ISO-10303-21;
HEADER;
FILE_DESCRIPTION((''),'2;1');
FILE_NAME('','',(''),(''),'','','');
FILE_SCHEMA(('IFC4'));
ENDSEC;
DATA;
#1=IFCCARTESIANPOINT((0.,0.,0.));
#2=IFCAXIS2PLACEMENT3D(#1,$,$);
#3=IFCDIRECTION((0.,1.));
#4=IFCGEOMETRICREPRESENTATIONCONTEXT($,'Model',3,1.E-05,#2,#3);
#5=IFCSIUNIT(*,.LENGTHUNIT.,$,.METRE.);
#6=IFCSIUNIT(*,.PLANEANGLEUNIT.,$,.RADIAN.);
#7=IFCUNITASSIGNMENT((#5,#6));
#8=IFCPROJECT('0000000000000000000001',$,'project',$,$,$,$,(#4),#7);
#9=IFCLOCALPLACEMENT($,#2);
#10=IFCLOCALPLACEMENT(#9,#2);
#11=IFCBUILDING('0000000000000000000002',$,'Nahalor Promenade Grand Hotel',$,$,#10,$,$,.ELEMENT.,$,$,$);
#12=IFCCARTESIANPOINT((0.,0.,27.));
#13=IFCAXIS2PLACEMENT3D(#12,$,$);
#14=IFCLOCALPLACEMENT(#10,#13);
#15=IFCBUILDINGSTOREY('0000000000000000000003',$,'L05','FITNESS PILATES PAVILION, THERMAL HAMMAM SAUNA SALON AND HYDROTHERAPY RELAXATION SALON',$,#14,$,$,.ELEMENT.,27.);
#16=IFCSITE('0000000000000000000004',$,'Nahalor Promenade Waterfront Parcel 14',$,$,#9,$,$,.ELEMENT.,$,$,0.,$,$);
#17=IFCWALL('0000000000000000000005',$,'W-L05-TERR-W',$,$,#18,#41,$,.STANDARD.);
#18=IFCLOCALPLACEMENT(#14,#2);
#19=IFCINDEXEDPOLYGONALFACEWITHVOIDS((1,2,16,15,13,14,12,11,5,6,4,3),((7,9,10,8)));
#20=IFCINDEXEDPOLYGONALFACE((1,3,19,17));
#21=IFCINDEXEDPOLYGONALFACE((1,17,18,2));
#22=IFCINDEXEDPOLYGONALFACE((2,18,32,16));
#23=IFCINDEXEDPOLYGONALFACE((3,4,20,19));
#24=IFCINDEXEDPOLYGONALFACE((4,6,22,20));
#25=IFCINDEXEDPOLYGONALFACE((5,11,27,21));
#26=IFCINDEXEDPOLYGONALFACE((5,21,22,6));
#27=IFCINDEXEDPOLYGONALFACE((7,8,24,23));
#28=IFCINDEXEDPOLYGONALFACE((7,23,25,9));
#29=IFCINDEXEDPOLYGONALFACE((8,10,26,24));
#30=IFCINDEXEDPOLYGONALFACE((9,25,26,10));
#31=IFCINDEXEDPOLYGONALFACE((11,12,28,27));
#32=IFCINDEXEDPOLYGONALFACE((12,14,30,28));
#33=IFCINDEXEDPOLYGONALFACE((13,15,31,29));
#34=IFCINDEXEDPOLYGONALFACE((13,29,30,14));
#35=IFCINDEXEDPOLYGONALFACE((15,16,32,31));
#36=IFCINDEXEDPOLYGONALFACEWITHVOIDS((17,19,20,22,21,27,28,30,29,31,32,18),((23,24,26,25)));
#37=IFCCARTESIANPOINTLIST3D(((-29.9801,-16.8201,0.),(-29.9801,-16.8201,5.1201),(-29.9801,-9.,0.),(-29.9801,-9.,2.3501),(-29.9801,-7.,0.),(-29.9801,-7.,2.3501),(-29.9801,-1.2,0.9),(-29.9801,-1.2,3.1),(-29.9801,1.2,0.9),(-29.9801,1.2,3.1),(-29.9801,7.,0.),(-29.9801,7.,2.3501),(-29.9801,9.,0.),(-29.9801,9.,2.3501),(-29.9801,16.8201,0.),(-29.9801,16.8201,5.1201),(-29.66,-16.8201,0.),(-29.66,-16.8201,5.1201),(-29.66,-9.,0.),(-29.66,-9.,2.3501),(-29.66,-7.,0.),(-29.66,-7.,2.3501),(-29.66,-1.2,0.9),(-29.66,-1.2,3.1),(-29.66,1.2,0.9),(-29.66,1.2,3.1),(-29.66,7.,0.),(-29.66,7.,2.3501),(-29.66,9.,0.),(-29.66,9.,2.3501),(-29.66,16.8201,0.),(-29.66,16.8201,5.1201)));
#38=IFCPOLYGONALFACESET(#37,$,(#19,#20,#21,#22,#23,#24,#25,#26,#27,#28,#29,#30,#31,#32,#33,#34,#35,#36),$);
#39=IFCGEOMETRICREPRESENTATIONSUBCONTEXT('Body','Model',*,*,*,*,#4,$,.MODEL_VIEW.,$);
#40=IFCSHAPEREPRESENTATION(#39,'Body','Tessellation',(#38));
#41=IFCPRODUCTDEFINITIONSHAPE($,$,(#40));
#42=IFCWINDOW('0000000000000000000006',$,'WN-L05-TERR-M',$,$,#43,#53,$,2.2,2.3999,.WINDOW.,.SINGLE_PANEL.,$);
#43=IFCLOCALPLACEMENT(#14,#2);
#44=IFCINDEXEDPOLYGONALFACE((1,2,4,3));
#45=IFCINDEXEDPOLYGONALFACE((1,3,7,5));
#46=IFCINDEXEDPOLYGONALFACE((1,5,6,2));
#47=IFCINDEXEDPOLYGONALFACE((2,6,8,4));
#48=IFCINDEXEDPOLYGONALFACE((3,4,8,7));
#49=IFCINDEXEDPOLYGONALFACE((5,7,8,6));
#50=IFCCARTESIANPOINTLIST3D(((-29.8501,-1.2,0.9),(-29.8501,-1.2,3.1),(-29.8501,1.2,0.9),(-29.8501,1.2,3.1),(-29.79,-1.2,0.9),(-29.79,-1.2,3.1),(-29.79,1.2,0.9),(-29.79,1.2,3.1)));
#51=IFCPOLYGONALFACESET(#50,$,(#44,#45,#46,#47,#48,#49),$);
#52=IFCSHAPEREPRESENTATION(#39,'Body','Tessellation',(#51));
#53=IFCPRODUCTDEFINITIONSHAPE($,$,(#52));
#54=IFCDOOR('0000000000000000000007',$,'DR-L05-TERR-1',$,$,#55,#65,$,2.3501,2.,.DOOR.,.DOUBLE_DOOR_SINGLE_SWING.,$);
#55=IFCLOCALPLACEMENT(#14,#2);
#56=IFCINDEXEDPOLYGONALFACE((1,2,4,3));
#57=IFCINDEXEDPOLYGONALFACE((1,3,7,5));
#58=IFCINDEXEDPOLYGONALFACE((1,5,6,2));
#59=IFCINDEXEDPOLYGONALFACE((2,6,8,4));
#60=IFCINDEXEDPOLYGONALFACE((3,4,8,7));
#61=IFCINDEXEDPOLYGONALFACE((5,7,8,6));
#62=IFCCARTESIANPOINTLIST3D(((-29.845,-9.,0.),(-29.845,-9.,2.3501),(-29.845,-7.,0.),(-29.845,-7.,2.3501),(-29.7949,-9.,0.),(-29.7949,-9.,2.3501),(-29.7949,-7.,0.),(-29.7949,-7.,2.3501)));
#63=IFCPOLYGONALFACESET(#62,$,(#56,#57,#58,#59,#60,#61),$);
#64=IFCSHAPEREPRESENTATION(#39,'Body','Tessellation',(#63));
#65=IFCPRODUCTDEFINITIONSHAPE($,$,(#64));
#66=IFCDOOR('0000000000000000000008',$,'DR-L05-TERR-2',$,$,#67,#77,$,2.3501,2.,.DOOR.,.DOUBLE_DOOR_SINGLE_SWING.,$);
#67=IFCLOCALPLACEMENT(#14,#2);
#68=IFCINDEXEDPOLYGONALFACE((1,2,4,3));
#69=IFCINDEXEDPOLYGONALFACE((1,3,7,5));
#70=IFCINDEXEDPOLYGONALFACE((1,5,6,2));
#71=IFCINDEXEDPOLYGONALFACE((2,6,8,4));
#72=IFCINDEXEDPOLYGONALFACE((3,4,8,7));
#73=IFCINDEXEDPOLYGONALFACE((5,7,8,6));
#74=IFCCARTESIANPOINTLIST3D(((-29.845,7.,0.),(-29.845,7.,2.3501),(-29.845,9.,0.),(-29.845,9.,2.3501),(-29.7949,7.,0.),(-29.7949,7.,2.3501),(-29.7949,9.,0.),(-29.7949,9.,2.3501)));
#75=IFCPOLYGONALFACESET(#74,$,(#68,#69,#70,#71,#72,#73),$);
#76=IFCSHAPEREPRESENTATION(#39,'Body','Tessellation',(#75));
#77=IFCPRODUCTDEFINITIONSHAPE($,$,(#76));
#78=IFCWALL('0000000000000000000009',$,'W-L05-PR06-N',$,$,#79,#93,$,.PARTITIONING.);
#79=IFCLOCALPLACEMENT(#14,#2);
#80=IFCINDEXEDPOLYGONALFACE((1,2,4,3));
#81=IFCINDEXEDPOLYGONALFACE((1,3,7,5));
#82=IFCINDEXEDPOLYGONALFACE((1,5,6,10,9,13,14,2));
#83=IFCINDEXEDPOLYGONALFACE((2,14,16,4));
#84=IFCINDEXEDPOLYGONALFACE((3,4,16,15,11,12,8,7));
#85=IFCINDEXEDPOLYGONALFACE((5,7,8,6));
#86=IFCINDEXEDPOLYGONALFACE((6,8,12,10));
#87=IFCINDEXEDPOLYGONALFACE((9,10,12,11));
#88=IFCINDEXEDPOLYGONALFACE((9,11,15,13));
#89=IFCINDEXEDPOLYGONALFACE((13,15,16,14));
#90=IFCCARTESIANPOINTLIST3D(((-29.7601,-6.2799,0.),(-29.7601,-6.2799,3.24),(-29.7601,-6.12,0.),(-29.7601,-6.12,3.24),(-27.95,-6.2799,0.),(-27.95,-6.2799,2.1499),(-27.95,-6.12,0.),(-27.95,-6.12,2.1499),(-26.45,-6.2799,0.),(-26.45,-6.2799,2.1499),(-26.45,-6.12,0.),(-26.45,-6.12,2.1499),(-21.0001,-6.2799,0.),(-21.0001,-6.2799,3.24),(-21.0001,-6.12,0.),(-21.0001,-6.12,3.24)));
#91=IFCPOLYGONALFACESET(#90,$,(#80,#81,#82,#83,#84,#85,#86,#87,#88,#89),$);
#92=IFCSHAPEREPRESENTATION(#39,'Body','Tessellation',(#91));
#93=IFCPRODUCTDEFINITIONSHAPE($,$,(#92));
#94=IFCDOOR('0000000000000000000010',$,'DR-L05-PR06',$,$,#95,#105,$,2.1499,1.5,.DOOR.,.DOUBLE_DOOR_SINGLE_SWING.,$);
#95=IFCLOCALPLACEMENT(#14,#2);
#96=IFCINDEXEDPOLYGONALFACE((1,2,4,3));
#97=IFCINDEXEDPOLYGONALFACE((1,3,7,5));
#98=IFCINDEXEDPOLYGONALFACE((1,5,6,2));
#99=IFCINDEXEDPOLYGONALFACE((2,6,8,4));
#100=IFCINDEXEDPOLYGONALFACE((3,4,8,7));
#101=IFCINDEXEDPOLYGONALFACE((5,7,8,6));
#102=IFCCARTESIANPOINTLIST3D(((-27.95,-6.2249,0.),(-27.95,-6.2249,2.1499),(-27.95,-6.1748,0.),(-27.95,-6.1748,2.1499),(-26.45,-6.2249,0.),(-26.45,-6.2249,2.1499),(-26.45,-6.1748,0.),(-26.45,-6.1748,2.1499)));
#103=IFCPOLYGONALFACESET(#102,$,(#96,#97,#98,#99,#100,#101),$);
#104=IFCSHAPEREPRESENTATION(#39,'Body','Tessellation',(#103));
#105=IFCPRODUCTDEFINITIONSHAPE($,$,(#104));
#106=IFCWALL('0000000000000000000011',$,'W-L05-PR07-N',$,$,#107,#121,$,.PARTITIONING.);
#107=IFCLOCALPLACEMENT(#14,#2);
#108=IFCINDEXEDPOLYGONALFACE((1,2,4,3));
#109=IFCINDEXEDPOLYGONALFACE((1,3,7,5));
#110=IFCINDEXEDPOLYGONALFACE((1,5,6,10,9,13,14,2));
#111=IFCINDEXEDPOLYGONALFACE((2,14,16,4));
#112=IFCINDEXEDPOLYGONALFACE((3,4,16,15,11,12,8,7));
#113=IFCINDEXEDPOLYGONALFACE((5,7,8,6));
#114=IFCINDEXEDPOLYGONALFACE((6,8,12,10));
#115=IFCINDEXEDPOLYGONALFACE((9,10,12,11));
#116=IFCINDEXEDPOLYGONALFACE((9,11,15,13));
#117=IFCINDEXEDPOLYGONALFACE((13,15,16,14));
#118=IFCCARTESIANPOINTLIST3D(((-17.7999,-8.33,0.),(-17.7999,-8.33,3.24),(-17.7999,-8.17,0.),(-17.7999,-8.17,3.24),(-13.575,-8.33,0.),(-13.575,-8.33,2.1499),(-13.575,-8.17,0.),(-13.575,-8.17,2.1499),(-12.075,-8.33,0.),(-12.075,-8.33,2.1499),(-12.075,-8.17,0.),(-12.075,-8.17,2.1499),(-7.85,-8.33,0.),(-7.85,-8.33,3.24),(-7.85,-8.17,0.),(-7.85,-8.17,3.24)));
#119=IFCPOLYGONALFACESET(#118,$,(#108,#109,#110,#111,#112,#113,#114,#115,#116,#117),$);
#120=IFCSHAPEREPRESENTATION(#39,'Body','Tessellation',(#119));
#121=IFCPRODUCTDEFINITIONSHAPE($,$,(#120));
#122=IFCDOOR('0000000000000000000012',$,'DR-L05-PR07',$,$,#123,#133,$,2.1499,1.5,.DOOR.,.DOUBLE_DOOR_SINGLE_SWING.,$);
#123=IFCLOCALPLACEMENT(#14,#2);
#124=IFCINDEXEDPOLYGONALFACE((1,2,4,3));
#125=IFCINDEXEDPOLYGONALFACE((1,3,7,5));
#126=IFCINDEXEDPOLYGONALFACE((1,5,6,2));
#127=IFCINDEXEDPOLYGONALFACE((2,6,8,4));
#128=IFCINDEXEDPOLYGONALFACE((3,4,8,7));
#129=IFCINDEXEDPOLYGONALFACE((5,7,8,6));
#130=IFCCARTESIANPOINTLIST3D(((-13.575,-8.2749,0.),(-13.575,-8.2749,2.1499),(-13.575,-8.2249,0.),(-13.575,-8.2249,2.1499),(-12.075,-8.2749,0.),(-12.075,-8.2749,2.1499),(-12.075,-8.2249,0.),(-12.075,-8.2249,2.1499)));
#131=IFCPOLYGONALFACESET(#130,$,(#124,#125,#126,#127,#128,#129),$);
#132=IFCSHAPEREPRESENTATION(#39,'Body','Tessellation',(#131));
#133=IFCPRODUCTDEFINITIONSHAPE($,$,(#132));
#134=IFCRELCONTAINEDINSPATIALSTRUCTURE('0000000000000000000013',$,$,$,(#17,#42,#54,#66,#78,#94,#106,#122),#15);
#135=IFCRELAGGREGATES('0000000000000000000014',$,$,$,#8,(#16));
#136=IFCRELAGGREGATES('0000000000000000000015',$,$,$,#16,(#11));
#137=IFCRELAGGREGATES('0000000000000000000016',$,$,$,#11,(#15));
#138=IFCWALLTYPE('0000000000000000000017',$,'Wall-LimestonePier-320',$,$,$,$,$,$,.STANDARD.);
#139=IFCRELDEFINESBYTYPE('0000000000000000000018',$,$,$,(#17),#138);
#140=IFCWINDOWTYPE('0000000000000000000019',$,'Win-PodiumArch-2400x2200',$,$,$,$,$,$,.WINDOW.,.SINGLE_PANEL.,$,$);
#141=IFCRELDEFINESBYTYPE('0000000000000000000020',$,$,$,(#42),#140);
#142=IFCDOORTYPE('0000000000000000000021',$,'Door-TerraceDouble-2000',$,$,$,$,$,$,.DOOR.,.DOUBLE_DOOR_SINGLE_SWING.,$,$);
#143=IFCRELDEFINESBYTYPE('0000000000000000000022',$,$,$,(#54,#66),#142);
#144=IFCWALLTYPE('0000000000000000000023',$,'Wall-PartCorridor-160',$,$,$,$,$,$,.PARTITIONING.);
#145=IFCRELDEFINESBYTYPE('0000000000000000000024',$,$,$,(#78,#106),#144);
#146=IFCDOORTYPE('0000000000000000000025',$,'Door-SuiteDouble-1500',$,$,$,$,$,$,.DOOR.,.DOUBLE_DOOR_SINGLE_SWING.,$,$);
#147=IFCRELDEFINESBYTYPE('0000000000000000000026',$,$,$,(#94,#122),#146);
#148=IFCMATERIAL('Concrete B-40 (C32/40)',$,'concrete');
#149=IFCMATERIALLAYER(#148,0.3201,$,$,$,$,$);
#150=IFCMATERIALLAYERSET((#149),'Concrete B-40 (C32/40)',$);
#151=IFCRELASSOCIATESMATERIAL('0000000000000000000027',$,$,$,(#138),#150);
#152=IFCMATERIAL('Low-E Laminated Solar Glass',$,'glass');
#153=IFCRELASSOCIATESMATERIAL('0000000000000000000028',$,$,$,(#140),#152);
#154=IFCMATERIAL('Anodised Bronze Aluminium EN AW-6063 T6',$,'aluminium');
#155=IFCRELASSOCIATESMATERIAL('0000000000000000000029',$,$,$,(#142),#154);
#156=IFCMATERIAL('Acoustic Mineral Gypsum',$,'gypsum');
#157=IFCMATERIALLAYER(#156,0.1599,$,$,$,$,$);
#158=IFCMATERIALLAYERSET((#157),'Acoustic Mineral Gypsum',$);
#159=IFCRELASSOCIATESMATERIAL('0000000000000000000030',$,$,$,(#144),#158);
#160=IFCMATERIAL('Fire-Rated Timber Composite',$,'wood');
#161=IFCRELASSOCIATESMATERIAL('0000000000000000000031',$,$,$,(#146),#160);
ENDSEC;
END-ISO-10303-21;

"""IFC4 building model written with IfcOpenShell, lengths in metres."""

from ifc_helpers import new_model, si_unit, direction, frame, frame_2d, origin, place, context, subcontext, project, spatial, rectangle, extrude, source, transform, mapped, material, layer, layer_set, type_object, element, fill, save


model = new_model("IFC4")

# Units and contexts
model_context = context("Model", 3, precision=1e-05, world=origin(), true_north=direction((0.0, 1.0)))
body_context = subcontext(model_context, "Body", "Model", "MODEL_VIEW")
ifc_project = project(units=[si_unit("LENGTHUNIT", "METRE"), si_unit("PLANEANGLEUNIT", "RADIAN")], contexts=[model_context])

# Site, building, storey
site_placement = place(None, origin())
site = spatial("IfcSite", under=ifc_project, at=site_placement, Name="Nahalor Promenade Waterfront Parcel 14", CompositionType="ELEMENT", RefElevation=0.0)
building_placement = place(site_placement, origin())
building = spatial("IfcBuilding", under=site, at=building_placement, Name="Nahalor Promenade Grand Hotel", CompositionType="ELEMENT")
storey_placement = place(building_placement, frame((0.0, 0.0, 27.0)))
storey = spatial("IfcBuildingStorey", under=building, at=storey_placement, Name="L05", Description="FITNESS PILATES PAVILION, THERMAL HAMMAM SAUNA SALON AND HYDROTHERAPY RELAXATION SALON", CompositionType="ELEMENT", Elevation=27.0)

# Wall, openings, window, doors
ifc_material_1 = material(Name="Concrete B-40 (C32/40)", Category="concrete")
ifc_layer_1 = layer(ifc_material_1, 0.3201)
ifc_layer_set_1 = layer_set([ifc_layer_1], Name="Concrete B-40 (C32/40)")
wall_type_1 = type_object("IfcWallType", Name="Wall-LimestonePier-320", PredefinedType="STANDARD", material=ifc_layer_set_1)
shared_shape_1 = source(origin(), body_context, "Body", "SweptSolid", [
    extrude(rectangle(XDim=33.6401, YDim=0.3201, at=frame_2d((16.8201, 0.0))), origin(), (0.0, 0.0, 1.0), 5.1201),
])
wall_1_placement = place(storey_placement, frame((-29.8201, -16.8201, 0.0), z_axis=(0.0, 0.0, 1.0), x_axis=(0.0, 1.0, 0.0)))
wall_1 = element("IfcWall", 1, at=wall_1_placement, inside=storey, type_object=wall_type_1, Name="W-L05-TERR-W", PredefinedType="STANDARD", context=body_context, shape_type="MappedRepresentation", body=[
    mapped(shared_shape_1, transform((0.0, 0.0, 0.0), scale=1.0)),
])
opening_1_placement = place(wall_1_placement, frame((7.8201, 0.0, 0.0)))
opening_1 = element("IfcOpeningElement", 2, at=opening_1_placement, cuts=wall_1, PredefinedType="OPENING", context=body_context, shape_type="SweptSolid", body=[
    extrude(rectangle(XDim=2.0, YDim=2.3501, at=frame_2d((1.0, 1.175))), frame((0.0, 0.1699, 0.0), z_axis=(0.0, -1.0, 0.0), x_axis=(1.0, 0.0, 0.0)), (0.0, 0.0, 1.0), 0.3401),
])
opening_2_placement = place(wall_1_placement, frame((23.8201, 0.0, 0.0)))
opening_2 = element("IfcOpeningElement", 3, at=opening_2_placement, cuts=wall_1, PredefinedType="OPENING", context=body_context, shape_type="SweptSolid", body=[
    extrude(rectangle(XDim=2.0, YDim=2.3501, at=frame_2d((1.0, 1.175))), frame((0.0, 0.1699, 0.0), z_axis=(0.0, -1.0, 0.0), x_axis=(1.0, 0.0, 0.0)), (0.0, 0.0, 1.0), 0.3401),
])
opening_3_placement = place(wall_1_placement, frame((15.6201, 0.0, 0.8999)))
opening_3 = element("IfcOpeningElement", 4, at=opening_3_placement, cuts=wall_1, PredefinedType="OPENING", context=body_context, shape_type="SweptSolid", body=[
    extrude(rectangle(XDim=2.3999, YDim=2.2, at=frame_2d((1.2, 1.1001))), frame((0.0, 0.1699, 0.0), z_axis=(0.0, -1.0, 0.0), x_axis=(1.0, 0.0, 0.0)), (0.0, 0.0, 1.0), 0.3401),
])
ifc_material_2 = material(Name="Low-E Laminated Solar Glass", Category="glass")
window_type = type_object("IfcWindowType", Name="Win-PodiumArch-2400x2200", PartitioningType="SINGLE_PANEL", PredefinedType="WINDOW", material=ifc_material_2)
shared_shape_2 = source(origin(), body_context, "Body", "SweptSolid", [
    extrude(rectangle(XDim=2.3999, YDim=2.2, at=frame_2d((1.2, 1.1001))), frame((0.0, 0.03, 0.0), z_axis=(0.0, -1.0, 0.0), x_axis=(1.0, 0.0, 0.0)), (0.0, 0.0, 1.0), 0.0601),
])
window_placement = place(opening_3_placement, origin())
window = element("IfcWindow", 5, at=window_placement, inside=storey, type_object=window_type, Name="WN-L05-TERR-M", OverallHeight=2.2, OverallWidth=2.3999, PartitioningType="SINGLE_PANEL", PredefinedType="WINDOW", context=body_context, shape_type="MappedRepresentation", body=[
    mapped(shared_shape_2, transform((0.0, 0.0, 0.0), scale=1.0)),
])
fill(opening_3, window)
ifc_material_3 = material(Name="Anodised Bronze Aluminium EN AW-6063 T6", Category="aluminium")
door_type_1 = type_object("IfcDoorType", Name="Door-TerraceDouble-2000", OperationType="DOUBLE_DOOR_SINGLE_SWING", PredefinedType="DOOR", material=ifc_material_3)
shared_shape_3 = source(origin(), body_context, "Body", "SweptSolid", [
    extrude(rectangle(XDim=2.0, YDim=2.3501, at=frame_2d((1.0, 1.175))), frame((0.0, 0.0249, 0.0), z_axis=(0.0, -1.0, 0.0), x_axis=(1.0, 0.0, 0.0)), (0.0, 0.0, 1.0), 0.05),
])
door_1_placement = place(opening_1_placement, origin())
door_1 = element("IfcDoor", 6, at=door_1_placement, inside=storey, type_object=door_type_1, Name="DR-L05-TERR-1", OperationType="DOUBLE_DOOR_SINGLE_SWING", OverallHeight=2.3501, OverallWidth=2.0, PredefinedType="DOOR", context=body_context, shape_type="MappedRepresentation", body=[
    mapped(shared_shape_3, transform((0.0, 0.0, 0.0), scale=1.0)),
])
fill(opening_1, door_1)
door_2_placement = place(opening_2_placement, origin())
door_2 = element("IfcDoor", 7, at=door_2_placement, inside=storey, type_object=door_type_1, Name="DR-L05-TERR-2", OperationType="DOUBLE_DOOR_SINGLE_SWING", OverallHeight=2.3501, OverallWidth=2.0, PredefinedType="DOOR", context=body_context, shape_type="MappedRepresentation", body=[
    mapped(shared_shape_3, transform((0.0, 0.0, 0.0), scale=1.0)),
])
fill(opening_2, door_2)

# Walls, openings, doors
ifc_material_4 = material(Name="Acoustic Mineral Gypsum", Category="gypsum")
ifc_layer_2 = layer(ifc_material_4, 0.1599)
ifc_layer_set_2 = layer_set([ifc_layer_2], Name="Acoustic Mineral Gypsum")
wall_type_2 = type_object("IfcWallType", Name="Wall-PartCorridor-160", PredefinedType="PARTITIONING", material=ifc_layer_set_2)
shared_shape_4 = source(origin(), body_context, "Body", "SweptSolid", [
    extrude(rectangle(XDim=8.76, YDim=0.1599, at=frame_2d((4.3799, 0.0))), origin(), (0.0, 0.0, 1.0), 3.24),
])
wall_2_placement = place(storey_placement, frame((-29.76, -6.2, 0.0), z_axis=(0.0, 0.0, 1.0), x_axis=(1.0, 0.0, 0.0)))
wall_2 = element("IfcWall", 8, at=wall_2_placement, inside=storey, type_object=wall_type_2, Name="W-L05-PR06-N", PredefinedType="PARTITIONING", context=body_context, shape_type="MappedRepresentation", body=[
    mapped(shared_shape_4, transform((0.0, 0.0, 0.0), scale=1.0)),
])
opening_4_placement = place(wall_2_placement, frame((1.8101, 0.0, 0.0)))
opening_4 = element("IfcOpeningElement", 9, at=opening_4_placement, cuts=wall_2, PredefinedType="OPENING", context=body_context, shape_type="SweptSolid", body=[
    extrude(rectangle(XDim=1.5, YDim=2.1499, at=frame_2d((0.75, 1.075))), frame((0.0, 0.0898, 0.0), z_axis=(0.0, -1.0, 0.0), x_axis=(1.0, 0.0, 0.0)), (0.0, 0.0, 1.0), 0.1799),
])
ifc_material_5 = material(Name="Fire-Rated Timber Composite", Category="wood")
door_type_2 = type_object("IfcDoorType", Name="Door-SuiteDouble-1500", OperationType="DOUBLE_DOOR_SINGLE_SWING", PredefinedType="DOOR", material=ifc_material_5)
shared_shape_5 = source(origin(), body_context, "Body", "SweptSolid", [
    extrude(rectangle(XDim=1.5, YDim=2.1499, at=frame_2d((0.75, 1.075))), frame((0.0, 0.0249, 0.0), z_axis=(0.0, -1.0, 0.0), x_axis=(1.0, 0.0, 0.0)), (0.0, 0.0, 1.0), 0.05),
])
door_3_placement = place(opening_4_placement, frame((1.5, 0.0, 0.0), z_axis=(0.0, 0.0, 1.0), x_axis=(-1.0, 0.0, 0.0)))
door_3 = element("IfcDoor", 10, at=door_3_placement, inside=storey, type_object=door_type_2, Name="DR-L05-PR06", OperationType="DOUBLE_DOOR_SINGLE_SWING", OverallHeight=2.1499, OverallWidth=1.5, PredefinedType="DOOR", context=body_context, shape_type="MappedRepresentation", body=[
    mapped(shared_shape_5, transform((0.0, 0.0, 0.0), scale=1.0)),
])
fill(opening_4, door_3)
shared_shape_6 = source(origin(), body_context, "Body", "SweptSolid", [
    extrude(rectangle(XDim=9.95, YDim=0.1599, at=frame_2d((4.9751, 0.0))), origin(), (0.0, 0.0, 1.0), 3.24),
])
wall_3_placement = place(storey_placement, frame((-17.8, -8.25, 0.0), z_axis=(0.0, 0.0, 1.0), x_axis=(1.0, 0.0, 0.0)))
wall_3 = element("IfcWall", 11, at=wall_3_placement, inside=storey, type_object=wall_type_2, Name="W-L05-PR07-N", PredefinedType="PARTITIONING", context=body_context, shape_type="MappedRepresentation", body=[
    mapped(shared_shape_6, transform((0.0, 0.0, 0.0), scale=1.0)),
])
opening_5_placement = place(wall_3_placement, frame((4.2251, 0.0, 0.0)))
opening_5 = element("IfcOpeningElement", 12, at=opening_5_placement, cuts=wall_3, PredefinedType="OPENING", context=body_context, shape_type="SweptSolid", body=[
    extrude(rectangle(XDim=1.5, YDim=2.1499, at=frame_2d((0.75, 1.075))), frame((0.0, 0.0898, 0.0), z_axis=(0.0, -1.0, 0.0), x_axis=(1.0, 0.0, 0.0)), (0.0, 0.0, 1.0), 0.1799),
])
door_4_placement = place(opening_5_placement, frame((1.5, 0.0, 0.0), z_axis=(0.0, 0.0, 1.0), x_axis=(-1.0, 0.0, 0.0)))
door_4 = element("IfcDoor", 13, at=door_4_placement, inside=storey, type_object=door_type_2, Name="DR-L05-PR07", OperationType="DOUBLE_DOOR_SINGLE_SWING", OverallHeight=2.1499, OverallWidth=1.5, PredefinedType="DOOR", context=body_context, shape_type="MappedRepresentation", body=[
    mapped(shared_shape_5, transform((0.0, 0.0, 0.0), scale=1.0)),
])
fill(opening_5, door_4)

save(model, "model.ifc")
